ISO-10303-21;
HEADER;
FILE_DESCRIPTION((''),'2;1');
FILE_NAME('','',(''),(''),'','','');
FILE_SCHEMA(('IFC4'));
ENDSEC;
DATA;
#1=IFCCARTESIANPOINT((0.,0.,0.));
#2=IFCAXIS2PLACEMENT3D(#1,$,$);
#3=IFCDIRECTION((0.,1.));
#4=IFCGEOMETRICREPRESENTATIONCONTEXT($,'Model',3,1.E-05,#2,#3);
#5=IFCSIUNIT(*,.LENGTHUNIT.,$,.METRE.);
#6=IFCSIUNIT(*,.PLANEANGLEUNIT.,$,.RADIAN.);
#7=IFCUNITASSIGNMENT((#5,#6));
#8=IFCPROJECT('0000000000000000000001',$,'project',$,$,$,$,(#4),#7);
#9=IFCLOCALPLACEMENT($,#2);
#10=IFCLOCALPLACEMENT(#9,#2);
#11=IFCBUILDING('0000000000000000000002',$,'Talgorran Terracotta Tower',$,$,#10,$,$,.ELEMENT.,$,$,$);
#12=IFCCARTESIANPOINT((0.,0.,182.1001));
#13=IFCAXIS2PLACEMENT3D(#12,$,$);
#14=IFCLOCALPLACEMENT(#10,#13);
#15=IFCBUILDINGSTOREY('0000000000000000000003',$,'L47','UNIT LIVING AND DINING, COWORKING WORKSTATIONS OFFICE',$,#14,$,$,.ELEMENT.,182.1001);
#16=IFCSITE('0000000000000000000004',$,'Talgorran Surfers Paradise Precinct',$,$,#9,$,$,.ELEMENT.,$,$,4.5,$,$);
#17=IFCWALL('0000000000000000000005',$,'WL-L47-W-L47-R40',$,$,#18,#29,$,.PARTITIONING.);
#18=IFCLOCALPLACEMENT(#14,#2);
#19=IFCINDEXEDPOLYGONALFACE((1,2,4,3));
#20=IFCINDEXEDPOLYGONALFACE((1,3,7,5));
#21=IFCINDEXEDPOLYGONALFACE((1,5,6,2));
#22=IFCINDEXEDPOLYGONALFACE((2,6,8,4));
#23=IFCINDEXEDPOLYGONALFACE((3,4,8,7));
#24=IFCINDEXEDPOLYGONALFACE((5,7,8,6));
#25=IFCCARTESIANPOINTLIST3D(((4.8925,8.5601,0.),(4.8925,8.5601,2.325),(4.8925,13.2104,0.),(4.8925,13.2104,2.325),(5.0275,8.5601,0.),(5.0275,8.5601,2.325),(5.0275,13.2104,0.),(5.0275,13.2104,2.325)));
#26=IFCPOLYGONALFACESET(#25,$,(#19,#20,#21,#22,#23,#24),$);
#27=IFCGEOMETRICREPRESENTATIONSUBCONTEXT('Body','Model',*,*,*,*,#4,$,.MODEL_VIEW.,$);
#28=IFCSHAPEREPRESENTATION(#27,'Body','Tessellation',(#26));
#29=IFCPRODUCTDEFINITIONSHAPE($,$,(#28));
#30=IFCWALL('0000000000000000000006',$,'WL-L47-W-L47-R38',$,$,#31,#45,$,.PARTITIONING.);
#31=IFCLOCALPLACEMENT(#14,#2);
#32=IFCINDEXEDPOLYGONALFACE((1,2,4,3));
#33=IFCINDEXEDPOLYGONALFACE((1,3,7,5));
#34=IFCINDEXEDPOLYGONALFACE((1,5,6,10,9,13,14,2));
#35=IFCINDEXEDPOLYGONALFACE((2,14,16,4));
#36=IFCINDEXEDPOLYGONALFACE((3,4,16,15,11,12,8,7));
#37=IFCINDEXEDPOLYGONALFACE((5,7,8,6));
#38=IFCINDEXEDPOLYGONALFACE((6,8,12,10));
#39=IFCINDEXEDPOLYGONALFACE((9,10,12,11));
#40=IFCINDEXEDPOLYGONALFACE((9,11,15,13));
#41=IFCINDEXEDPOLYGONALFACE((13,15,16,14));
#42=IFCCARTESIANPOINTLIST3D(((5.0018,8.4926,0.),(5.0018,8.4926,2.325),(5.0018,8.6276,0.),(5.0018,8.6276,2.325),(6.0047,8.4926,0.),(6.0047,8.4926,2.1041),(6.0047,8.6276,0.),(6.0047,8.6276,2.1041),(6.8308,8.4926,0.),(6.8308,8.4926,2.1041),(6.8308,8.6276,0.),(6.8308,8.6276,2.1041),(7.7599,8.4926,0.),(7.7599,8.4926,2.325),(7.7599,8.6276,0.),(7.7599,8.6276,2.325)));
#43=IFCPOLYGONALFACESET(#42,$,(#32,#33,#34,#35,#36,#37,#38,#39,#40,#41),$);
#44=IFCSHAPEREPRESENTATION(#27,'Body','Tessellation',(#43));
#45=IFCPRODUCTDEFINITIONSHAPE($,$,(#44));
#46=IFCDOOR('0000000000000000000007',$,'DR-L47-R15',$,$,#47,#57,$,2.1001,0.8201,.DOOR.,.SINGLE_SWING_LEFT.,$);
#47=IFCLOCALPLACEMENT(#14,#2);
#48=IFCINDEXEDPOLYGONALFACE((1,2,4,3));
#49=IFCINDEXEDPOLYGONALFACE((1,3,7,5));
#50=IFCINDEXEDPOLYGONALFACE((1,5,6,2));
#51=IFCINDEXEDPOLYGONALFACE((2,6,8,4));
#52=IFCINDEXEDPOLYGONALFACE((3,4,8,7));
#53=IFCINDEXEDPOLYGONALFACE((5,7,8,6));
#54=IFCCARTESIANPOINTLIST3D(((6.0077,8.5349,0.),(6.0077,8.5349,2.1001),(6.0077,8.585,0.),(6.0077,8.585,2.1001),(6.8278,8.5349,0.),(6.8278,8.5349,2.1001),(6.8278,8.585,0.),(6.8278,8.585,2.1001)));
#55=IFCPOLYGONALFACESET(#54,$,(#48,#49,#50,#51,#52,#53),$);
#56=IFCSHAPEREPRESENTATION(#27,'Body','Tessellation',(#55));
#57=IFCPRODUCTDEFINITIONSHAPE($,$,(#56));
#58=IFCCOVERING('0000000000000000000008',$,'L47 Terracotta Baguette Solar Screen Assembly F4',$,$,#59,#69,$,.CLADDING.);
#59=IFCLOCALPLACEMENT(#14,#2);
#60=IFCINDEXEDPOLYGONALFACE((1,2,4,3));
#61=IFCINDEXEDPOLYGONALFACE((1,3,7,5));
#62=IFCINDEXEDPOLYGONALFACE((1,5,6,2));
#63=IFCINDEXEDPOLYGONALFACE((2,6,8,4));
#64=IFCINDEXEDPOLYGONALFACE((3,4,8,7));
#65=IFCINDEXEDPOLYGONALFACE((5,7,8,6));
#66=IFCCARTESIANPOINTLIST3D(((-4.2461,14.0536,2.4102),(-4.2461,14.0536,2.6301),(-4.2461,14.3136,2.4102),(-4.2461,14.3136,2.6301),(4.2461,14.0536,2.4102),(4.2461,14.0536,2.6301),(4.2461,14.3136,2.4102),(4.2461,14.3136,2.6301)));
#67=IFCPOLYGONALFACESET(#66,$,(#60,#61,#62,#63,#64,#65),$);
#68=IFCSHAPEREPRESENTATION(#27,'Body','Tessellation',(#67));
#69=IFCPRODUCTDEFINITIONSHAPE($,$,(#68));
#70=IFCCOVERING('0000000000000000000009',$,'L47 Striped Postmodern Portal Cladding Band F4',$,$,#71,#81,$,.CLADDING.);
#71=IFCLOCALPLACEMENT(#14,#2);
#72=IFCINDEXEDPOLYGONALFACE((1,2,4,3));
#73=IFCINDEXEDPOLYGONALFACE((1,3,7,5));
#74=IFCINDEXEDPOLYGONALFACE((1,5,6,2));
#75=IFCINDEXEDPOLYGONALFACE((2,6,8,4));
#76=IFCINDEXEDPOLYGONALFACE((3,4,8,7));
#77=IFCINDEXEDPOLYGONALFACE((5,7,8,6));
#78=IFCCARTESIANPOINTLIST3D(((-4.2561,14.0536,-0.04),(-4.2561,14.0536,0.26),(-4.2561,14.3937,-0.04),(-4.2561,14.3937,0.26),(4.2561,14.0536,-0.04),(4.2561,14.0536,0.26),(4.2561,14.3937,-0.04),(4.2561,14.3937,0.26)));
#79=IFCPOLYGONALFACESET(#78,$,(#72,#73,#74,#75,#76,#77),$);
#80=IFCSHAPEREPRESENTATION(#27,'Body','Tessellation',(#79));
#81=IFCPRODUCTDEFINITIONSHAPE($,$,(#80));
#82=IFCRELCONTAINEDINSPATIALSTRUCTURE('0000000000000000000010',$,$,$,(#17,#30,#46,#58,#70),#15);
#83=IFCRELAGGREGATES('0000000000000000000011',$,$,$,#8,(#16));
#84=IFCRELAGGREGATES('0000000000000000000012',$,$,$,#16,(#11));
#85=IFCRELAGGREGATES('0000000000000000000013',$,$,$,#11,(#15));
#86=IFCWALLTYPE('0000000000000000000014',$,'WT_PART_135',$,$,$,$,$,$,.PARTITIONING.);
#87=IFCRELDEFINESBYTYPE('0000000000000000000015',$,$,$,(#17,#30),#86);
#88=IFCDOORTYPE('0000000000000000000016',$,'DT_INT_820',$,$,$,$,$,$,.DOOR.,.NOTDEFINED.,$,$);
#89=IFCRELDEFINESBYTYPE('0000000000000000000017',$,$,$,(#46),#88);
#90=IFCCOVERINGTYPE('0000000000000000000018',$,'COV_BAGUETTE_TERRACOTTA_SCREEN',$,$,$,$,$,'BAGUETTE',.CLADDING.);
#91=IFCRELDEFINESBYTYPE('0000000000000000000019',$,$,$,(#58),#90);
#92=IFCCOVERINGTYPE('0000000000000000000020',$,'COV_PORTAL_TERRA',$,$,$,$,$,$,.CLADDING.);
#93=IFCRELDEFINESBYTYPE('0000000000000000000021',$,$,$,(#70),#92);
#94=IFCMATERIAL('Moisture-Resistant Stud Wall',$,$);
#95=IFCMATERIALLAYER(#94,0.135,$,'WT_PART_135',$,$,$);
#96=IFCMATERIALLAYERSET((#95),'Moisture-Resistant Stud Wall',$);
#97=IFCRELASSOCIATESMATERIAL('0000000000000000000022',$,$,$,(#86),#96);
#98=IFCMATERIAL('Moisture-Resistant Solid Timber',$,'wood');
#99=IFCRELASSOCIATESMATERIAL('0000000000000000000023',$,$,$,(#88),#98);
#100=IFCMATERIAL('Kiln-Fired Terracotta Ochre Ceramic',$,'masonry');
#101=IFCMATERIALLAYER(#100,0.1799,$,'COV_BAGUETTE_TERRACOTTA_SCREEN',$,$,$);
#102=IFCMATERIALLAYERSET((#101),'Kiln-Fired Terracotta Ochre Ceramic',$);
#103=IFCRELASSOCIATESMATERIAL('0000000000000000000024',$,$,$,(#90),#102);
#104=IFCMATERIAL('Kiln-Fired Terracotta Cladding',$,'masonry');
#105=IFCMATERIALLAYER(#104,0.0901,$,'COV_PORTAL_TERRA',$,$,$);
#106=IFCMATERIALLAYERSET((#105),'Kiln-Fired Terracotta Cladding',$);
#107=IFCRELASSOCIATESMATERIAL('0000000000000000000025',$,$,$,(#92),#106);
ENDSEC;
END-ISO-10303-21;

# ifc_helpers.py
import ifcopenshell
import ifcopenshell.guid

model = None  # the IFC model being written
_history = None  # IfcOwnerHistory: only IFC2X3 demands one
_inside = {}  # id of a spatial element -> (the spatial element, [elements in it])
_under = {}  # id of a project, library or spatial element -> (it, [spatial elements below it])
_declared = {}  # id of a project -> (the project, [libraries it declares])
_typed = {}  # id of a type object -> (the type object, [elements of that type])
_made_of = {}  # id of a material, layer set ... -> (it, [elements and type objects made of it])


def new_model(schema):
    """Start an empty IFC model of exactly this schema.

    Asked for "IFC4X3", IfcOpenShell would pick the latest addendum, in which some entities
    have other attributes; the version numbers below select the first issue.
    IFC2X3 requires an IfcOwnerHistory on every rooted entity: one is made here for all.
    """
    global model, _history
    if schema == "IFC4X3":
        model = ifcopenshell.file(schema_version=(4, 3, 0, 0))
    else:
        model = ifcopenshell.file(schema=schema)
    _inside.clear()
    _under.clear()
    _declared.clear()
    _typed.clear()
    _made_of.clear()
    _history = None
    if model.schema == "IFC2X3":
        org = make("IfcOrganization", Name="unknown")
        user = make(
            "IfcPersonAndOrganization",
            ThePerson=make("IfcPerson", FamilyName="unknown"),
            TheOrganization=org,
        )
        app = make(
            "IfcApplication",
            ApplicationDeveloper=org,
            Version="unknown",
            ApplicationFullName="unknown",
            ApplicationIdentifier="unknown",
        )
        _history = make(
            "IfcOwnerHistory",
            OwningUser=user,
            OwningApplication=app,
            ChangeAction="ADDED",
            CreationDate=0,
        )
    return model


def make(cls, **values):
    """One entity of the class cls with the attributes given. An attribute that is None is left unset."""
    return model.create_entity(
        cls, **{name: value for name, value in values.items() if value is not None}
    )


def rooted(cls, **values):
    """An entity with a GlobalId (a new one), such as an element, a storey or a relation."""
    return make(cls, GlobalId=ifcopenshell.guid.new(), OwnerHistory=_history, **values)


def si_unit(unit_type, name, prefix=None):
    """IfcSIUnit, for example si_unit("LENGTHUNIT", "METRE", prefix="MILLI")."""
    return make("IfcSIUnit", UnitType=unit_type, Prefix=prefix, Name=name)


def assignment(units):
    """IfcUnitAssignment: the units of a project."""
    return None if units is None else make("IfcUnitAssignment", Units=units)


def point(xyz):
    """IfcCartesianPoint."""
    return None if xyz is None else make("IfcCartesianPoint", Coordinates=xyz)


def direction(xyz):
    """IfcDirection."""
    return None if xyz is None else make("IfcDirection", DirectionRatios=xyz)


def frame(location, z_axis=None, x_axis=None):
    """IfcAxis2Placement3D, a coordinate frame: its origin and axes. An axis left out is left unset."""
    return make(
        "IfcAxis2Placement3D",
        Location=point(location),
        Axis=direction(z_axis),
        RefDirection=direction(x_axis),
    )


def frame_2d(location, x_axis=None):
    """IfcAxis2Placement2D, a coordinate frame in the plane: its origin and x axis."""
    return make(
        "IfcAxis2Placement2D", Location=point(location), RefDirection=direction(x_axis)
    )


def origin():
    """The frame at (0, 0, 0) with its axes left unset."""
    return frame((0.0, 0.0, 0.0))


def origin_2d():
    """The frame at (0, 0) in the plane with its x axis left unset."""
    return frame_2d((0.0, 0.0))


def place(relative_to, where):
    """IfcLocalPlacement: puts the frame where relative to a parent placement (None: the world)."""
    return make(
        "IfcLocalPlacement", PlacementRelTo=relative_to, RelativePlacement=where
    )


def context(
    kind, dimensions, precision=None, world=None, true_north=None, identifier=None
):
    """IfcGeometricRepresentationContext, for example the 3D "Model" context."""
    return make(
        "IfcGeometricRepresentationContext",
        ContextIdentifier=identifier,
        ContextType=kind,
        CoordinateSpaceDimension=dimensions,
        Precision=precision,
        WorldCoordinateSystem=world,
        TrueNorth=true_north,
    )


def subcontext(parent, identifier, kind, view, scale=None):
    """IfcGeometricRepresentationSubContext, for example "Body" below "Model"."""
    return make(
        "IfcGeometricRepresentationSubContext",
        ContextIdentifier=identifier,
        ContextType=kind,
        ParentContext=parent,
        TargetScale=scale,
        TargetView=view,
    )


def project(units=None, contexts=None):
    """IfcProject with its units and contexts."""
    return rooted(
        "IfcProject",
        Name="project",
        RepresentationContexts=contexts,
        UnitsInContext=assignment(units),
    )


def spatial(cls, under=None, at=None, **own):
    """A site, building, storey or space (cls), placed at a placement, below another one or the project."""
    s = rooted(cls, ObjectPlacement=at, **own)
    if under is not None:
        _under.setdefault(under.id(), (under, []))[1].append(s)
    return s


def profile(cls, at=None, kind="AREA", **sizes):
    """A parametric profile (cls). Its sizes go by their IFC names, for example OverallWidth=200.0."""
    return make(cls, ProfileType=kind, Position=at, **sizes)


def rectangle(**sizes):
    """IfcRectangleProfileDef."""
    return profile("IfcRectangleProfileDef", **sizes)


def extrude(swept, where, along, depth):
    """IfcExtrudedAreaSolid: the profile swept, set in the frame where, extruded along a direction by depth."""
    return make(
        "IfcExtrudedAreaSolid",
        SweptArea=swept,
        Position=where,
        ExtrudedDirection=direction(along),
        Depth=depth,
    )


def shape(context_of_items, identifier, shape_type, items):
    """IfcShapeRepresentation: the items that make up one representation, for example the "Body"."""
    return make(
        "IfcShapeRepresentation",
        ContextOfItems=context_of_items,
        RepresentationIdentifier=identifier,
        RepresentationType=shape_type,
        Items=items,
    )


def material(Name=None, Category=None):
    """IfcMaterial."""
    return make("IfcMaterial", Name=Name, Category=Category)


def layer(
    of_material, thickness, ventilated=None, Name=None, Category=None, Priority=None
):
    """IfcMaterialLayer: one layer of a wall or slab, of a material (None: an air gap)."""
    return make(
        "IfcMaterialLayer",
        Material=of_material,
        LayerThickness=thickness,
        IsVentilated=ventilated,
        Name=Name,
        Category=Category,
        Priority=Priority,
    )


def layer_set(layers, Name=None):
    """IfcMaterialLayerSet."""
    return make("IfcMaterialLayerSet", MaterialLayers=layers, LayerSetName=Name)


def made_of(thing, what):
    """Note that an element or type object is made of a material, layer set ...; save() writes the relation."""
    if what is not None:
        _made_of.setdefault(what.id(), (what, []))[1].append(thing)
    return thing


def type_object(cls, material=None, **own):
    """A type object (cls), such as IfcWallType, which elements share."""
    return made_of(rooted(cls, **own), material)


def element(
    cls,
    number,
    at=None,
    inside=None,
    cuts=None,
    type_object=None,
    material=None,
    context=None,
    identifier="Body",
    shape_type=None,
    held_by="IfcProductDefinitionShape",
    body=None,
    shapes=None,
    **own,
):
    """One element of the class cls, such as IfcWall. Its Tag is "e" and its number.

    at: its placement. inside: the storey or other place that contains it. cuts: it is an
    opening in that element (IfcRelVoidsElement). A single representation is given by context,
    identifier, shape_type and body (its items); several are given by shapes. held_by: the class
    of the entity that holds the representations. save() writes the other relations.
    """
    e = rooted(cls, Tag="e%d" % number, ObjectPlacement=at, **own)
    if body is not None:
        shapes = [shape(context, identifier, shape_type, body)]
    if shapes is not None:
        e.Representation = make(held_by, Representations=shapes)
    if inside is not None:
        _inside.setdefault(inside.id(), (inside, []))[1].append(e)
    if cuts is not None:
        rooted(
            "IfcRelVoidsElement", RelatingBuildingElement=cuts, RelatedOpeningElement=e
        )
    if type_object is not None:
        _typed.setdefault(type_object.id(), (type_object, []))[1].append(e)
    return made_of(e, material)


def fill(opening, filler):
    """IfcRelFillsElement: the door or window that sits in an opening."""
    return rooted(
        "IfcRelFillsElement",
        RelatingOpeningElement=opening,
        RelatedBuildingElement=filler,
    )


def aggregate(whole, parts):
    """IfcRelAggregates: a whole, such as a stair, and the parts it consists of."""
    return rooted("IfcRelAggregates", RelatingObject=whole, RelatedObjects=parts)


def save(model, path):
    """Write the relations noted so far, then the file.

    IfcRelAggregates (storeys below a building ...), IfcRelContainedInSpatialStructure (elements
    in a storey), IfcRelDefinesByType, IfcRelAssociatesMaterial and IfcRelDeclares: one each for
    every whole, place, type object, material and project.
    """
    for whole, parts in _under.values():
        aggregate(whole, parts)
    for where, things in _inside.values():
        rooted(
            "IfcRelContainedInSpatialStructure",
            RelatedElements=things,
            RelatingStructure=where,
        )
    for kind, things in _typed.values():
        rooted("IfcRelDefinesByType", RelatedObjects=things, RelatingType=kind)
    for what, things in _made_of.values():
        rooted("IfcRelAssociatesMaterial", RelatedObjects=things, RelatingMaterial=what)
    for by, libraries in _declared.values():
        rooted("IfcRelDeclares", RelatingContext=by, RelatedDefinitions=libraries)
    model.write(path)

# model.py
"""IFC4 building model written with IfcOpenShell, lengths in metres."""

from ifc_helpers import new_model, si_unit, direction, frame, frame_2d, origin, origin_2d, place, context, subcontext, project, spatial, rectangle, extrude, material, layer, layer_set, type_object, element, fill, save


model = new_model("IFC4")

# Units and contexts
model_context = context("Model", 3, precision=1e-05, world=origin(), true_north=direction((0.0, 1.0)))
body_context = subcontext(model_context, "Body", "Model", "MODEL_VIEW")
ifc_project = project(units=[si_unit("LENGTHUNIT", "METRE"), si_unit("PLANEANGLEUNIT", "RADIAN")], contexts=[model_context])

# Site, building, storey
site_placement = place(None, origin())
site = spatial("IfcSite", under=ifc_project, at=site_placement, Name="Talgorran Surfers Paradise Precinct", CompositionType="ELEMENT", RefElevation=4.5)
building_placement = place(site_placement, origin())
building = spatial("IfcBuilding", under=site, at=building_placement, Name="Talgorran Terracotta Tower", CompositionType="ELEMENT")
storey_placement = place(building_placement, frame((0.0, 0.0, 182.1001)))
storey = spatial("IfcBuildingStorey", under=building, at=storey_placement, Name="L47", Description="UNIT LIVING AND DINING, COWORKING WORKSTATIONS OFFICE", CompositionType="ELEMENT", Elevation=182.1001)

# Wall
ifc_material_1 = material(Name="Moisture-Resistant Stud Wall")
ifc_layer_1 = layer(ifc_material_1, 0.135, Name="WT_PART_135")
ifc_layer_set_1 = layer_set([ifc_layer_1], Name="Moisture-Resistant Stud Wall")
wall_type_1 = type_object("IfcWallType", Name="WT_PART_135", PredefinedType="PARTITIONING", material=ifc_layer_set_1)
wall_1_placement = place(storey_placement, frame((4.96, 8.5601, 0.0), z_axis=(0.0, 0.0, 1.0), x_axis=(0.0, 1.0, 0.0)))
element("IfcWall", 1, at=wall_1_placement, inside=storey, type_object=wall_type_1, Name="WL-L47-W-L47-R40", PredefinedType="PARTITIONING", context=body_context, shape_type="SweptSolid", body=[
    extrude(rectangle(XDim=4.6504, YDim=0.135, at=frame_2d((2.3252, 0.0))), origin(), (0.0, 0.0, 1.0), 2.325),
])

# Wall, opening, door
wall_2_placement = place(storey_placement, frame((5.002, 8.5601, 0.0), z_axis=(0.0, 0.0, 1.0), x_axis=(1.0, 0.0, 0.0)))
wall_2 = element("IfcWall", 2, at=wall_2_placement, inside=storey, type_object=wall_type_1, Name="WL-L47-W-L47-R38", PredefinedType="PARTITIONING", context=body_context, shape_type="SweptSolid", body=[
    extrude(rectangle(XDim=2.7581, YDim=0.135, at=frame_2d((1.3789, 0.0))), origin(), (0.0, 0.0, 1.0), 2.325),
])
opening_1_placement = place(wall_2_placement, frame((1.0056, 0.0, 0.0)))
opening_1 = element("IfcOpeningElement", 3, at=opening_1_placement, cuts=wall_2, PredefinedType="OPENING", context=body_context, shape_type="SweptSolid", body=[
    extrude(rectangle(XDim=0.8261, YDim=2.1041, at=frame_2d((0.4102, 1.052))), frame((0.0, 0.0776, 0.0), z_axis=(0.0, -1.0, 0.0), x_axis=(1.0, 0.0, 0.0)), (0.0, 0.0, 1.0), 0.155),
])
ifc_material_2 = material(Name="Moisture-Resistant Solid Timber", Category="wood")
door_type_1 = type_object("IfcDoorType", Name="DT_INT_820", OperationType="NOTDEFINED", PredefinedType="DOOR", material=ifc_material_2)
door_1_placement = place(opening_1_placement, origin())
door_1 = element("IfcDoor", 4, at=door_1_placement, inside=storey, type_object=door_type_1, Name="DR-L47-R15", OperationType="SINGLE_SWING_LEFT", OverallHeight=2.1001, OverallWidth=0.8201, PredefinedType="DOOR", context=body_context, shape_type="SweptSolid", body=[
    extrude(rectangle(XDim=0.8201, YDim=2.1001, at=frame_2d((0.4102, 1.05))), frame((0.0, 0.0249, 0.0), z_axis=(0.0, -1.0, 0.0), x_axis=(1.0, 0.0, 0.0)), (0.0, 0.0, 1.0), 0.05),
])
fill(opening_1, door_1)

# Coverings
ifc_material_3 = material(Name="Kiln-Fired Terracotta Ochre Ceramic", Category="masonry")
ifc_layer_2 = layer(ifc_material_3, 0.1799, Name="COV_BAGUETTE_TERRACOTTA_SCREEN")
ifc_layer_set_2 = layer_set([ifc_layer_2], Name="Kiln-Fired Terracotta Ochre Ceramic")
covering_type_1 = type_object("IfcCoveringType", Name="COV_BAGUETTE_TERRACOTTA_SCREEN", ElementType="BAGUETTE", PredefinedType="CLADDING", material=ifc_layer_set_2)
covering_1_placement = place(storey_placement, frame((0.0, 14.1836, 2.4102), z_axis=(0.0, 0.0, 1.0), x_axis=(-1.0, 0.0, 0.0)))
element("IfcCovering", 5, at=covering_1_placement, inside=storey, type_object=covering_type_1, Name="L47 Terracotta Baguette Solar Screen Assembly F4", PredefinedType="CLADDING", context=body_context, shape_type="SweptSolid", body=[
    extrude(rectangle(XDim=8.4922, YDim=0.26, at=origin_2d()), origin(), (0.0, 0.0, 1.0), 0.22),
])
ifc_material_4 = material(Name="Kiln-Fired Terracotta Cladding", Category="masonry")
ifc_layer_3 = layer(ifc_material_4, 0.0901, Name="COV_PORTAL_TERRA")
ifc_layer_set_3 = layer_set([ifc_layer_3], Name="Kiln-Fired Terracotta Cladding")
covering_type_2 = type_object("IfcCoveringType", Name="COV_PORTAL_TERRA", PredefinedType="CLADDING", material=ifc_layer_set_3)
covering_2_placement = place(storey_placement, frame((0.0, 14.2236, -0.04), z_axis=(0.0, 0.0, 1.0), x_axis=(-1.0, 0.0, 0.0)))
element("IfcCovering", 6, at=covering_2_placement, inside=storey, type_object=covering_type_2, Name="L47 Striped Postmodern Portal Cladding Band F4", PredefinedType="CLADDING", context=body_context, shape_type="SweptSolid", body=[
    extrude(rectangle(XDim=8.5122, YDim=0.3401, at=origin_2d()), origin(), (0.0, 0.0, 1.0), 0.3),
])

save(model, "model.ifc")
